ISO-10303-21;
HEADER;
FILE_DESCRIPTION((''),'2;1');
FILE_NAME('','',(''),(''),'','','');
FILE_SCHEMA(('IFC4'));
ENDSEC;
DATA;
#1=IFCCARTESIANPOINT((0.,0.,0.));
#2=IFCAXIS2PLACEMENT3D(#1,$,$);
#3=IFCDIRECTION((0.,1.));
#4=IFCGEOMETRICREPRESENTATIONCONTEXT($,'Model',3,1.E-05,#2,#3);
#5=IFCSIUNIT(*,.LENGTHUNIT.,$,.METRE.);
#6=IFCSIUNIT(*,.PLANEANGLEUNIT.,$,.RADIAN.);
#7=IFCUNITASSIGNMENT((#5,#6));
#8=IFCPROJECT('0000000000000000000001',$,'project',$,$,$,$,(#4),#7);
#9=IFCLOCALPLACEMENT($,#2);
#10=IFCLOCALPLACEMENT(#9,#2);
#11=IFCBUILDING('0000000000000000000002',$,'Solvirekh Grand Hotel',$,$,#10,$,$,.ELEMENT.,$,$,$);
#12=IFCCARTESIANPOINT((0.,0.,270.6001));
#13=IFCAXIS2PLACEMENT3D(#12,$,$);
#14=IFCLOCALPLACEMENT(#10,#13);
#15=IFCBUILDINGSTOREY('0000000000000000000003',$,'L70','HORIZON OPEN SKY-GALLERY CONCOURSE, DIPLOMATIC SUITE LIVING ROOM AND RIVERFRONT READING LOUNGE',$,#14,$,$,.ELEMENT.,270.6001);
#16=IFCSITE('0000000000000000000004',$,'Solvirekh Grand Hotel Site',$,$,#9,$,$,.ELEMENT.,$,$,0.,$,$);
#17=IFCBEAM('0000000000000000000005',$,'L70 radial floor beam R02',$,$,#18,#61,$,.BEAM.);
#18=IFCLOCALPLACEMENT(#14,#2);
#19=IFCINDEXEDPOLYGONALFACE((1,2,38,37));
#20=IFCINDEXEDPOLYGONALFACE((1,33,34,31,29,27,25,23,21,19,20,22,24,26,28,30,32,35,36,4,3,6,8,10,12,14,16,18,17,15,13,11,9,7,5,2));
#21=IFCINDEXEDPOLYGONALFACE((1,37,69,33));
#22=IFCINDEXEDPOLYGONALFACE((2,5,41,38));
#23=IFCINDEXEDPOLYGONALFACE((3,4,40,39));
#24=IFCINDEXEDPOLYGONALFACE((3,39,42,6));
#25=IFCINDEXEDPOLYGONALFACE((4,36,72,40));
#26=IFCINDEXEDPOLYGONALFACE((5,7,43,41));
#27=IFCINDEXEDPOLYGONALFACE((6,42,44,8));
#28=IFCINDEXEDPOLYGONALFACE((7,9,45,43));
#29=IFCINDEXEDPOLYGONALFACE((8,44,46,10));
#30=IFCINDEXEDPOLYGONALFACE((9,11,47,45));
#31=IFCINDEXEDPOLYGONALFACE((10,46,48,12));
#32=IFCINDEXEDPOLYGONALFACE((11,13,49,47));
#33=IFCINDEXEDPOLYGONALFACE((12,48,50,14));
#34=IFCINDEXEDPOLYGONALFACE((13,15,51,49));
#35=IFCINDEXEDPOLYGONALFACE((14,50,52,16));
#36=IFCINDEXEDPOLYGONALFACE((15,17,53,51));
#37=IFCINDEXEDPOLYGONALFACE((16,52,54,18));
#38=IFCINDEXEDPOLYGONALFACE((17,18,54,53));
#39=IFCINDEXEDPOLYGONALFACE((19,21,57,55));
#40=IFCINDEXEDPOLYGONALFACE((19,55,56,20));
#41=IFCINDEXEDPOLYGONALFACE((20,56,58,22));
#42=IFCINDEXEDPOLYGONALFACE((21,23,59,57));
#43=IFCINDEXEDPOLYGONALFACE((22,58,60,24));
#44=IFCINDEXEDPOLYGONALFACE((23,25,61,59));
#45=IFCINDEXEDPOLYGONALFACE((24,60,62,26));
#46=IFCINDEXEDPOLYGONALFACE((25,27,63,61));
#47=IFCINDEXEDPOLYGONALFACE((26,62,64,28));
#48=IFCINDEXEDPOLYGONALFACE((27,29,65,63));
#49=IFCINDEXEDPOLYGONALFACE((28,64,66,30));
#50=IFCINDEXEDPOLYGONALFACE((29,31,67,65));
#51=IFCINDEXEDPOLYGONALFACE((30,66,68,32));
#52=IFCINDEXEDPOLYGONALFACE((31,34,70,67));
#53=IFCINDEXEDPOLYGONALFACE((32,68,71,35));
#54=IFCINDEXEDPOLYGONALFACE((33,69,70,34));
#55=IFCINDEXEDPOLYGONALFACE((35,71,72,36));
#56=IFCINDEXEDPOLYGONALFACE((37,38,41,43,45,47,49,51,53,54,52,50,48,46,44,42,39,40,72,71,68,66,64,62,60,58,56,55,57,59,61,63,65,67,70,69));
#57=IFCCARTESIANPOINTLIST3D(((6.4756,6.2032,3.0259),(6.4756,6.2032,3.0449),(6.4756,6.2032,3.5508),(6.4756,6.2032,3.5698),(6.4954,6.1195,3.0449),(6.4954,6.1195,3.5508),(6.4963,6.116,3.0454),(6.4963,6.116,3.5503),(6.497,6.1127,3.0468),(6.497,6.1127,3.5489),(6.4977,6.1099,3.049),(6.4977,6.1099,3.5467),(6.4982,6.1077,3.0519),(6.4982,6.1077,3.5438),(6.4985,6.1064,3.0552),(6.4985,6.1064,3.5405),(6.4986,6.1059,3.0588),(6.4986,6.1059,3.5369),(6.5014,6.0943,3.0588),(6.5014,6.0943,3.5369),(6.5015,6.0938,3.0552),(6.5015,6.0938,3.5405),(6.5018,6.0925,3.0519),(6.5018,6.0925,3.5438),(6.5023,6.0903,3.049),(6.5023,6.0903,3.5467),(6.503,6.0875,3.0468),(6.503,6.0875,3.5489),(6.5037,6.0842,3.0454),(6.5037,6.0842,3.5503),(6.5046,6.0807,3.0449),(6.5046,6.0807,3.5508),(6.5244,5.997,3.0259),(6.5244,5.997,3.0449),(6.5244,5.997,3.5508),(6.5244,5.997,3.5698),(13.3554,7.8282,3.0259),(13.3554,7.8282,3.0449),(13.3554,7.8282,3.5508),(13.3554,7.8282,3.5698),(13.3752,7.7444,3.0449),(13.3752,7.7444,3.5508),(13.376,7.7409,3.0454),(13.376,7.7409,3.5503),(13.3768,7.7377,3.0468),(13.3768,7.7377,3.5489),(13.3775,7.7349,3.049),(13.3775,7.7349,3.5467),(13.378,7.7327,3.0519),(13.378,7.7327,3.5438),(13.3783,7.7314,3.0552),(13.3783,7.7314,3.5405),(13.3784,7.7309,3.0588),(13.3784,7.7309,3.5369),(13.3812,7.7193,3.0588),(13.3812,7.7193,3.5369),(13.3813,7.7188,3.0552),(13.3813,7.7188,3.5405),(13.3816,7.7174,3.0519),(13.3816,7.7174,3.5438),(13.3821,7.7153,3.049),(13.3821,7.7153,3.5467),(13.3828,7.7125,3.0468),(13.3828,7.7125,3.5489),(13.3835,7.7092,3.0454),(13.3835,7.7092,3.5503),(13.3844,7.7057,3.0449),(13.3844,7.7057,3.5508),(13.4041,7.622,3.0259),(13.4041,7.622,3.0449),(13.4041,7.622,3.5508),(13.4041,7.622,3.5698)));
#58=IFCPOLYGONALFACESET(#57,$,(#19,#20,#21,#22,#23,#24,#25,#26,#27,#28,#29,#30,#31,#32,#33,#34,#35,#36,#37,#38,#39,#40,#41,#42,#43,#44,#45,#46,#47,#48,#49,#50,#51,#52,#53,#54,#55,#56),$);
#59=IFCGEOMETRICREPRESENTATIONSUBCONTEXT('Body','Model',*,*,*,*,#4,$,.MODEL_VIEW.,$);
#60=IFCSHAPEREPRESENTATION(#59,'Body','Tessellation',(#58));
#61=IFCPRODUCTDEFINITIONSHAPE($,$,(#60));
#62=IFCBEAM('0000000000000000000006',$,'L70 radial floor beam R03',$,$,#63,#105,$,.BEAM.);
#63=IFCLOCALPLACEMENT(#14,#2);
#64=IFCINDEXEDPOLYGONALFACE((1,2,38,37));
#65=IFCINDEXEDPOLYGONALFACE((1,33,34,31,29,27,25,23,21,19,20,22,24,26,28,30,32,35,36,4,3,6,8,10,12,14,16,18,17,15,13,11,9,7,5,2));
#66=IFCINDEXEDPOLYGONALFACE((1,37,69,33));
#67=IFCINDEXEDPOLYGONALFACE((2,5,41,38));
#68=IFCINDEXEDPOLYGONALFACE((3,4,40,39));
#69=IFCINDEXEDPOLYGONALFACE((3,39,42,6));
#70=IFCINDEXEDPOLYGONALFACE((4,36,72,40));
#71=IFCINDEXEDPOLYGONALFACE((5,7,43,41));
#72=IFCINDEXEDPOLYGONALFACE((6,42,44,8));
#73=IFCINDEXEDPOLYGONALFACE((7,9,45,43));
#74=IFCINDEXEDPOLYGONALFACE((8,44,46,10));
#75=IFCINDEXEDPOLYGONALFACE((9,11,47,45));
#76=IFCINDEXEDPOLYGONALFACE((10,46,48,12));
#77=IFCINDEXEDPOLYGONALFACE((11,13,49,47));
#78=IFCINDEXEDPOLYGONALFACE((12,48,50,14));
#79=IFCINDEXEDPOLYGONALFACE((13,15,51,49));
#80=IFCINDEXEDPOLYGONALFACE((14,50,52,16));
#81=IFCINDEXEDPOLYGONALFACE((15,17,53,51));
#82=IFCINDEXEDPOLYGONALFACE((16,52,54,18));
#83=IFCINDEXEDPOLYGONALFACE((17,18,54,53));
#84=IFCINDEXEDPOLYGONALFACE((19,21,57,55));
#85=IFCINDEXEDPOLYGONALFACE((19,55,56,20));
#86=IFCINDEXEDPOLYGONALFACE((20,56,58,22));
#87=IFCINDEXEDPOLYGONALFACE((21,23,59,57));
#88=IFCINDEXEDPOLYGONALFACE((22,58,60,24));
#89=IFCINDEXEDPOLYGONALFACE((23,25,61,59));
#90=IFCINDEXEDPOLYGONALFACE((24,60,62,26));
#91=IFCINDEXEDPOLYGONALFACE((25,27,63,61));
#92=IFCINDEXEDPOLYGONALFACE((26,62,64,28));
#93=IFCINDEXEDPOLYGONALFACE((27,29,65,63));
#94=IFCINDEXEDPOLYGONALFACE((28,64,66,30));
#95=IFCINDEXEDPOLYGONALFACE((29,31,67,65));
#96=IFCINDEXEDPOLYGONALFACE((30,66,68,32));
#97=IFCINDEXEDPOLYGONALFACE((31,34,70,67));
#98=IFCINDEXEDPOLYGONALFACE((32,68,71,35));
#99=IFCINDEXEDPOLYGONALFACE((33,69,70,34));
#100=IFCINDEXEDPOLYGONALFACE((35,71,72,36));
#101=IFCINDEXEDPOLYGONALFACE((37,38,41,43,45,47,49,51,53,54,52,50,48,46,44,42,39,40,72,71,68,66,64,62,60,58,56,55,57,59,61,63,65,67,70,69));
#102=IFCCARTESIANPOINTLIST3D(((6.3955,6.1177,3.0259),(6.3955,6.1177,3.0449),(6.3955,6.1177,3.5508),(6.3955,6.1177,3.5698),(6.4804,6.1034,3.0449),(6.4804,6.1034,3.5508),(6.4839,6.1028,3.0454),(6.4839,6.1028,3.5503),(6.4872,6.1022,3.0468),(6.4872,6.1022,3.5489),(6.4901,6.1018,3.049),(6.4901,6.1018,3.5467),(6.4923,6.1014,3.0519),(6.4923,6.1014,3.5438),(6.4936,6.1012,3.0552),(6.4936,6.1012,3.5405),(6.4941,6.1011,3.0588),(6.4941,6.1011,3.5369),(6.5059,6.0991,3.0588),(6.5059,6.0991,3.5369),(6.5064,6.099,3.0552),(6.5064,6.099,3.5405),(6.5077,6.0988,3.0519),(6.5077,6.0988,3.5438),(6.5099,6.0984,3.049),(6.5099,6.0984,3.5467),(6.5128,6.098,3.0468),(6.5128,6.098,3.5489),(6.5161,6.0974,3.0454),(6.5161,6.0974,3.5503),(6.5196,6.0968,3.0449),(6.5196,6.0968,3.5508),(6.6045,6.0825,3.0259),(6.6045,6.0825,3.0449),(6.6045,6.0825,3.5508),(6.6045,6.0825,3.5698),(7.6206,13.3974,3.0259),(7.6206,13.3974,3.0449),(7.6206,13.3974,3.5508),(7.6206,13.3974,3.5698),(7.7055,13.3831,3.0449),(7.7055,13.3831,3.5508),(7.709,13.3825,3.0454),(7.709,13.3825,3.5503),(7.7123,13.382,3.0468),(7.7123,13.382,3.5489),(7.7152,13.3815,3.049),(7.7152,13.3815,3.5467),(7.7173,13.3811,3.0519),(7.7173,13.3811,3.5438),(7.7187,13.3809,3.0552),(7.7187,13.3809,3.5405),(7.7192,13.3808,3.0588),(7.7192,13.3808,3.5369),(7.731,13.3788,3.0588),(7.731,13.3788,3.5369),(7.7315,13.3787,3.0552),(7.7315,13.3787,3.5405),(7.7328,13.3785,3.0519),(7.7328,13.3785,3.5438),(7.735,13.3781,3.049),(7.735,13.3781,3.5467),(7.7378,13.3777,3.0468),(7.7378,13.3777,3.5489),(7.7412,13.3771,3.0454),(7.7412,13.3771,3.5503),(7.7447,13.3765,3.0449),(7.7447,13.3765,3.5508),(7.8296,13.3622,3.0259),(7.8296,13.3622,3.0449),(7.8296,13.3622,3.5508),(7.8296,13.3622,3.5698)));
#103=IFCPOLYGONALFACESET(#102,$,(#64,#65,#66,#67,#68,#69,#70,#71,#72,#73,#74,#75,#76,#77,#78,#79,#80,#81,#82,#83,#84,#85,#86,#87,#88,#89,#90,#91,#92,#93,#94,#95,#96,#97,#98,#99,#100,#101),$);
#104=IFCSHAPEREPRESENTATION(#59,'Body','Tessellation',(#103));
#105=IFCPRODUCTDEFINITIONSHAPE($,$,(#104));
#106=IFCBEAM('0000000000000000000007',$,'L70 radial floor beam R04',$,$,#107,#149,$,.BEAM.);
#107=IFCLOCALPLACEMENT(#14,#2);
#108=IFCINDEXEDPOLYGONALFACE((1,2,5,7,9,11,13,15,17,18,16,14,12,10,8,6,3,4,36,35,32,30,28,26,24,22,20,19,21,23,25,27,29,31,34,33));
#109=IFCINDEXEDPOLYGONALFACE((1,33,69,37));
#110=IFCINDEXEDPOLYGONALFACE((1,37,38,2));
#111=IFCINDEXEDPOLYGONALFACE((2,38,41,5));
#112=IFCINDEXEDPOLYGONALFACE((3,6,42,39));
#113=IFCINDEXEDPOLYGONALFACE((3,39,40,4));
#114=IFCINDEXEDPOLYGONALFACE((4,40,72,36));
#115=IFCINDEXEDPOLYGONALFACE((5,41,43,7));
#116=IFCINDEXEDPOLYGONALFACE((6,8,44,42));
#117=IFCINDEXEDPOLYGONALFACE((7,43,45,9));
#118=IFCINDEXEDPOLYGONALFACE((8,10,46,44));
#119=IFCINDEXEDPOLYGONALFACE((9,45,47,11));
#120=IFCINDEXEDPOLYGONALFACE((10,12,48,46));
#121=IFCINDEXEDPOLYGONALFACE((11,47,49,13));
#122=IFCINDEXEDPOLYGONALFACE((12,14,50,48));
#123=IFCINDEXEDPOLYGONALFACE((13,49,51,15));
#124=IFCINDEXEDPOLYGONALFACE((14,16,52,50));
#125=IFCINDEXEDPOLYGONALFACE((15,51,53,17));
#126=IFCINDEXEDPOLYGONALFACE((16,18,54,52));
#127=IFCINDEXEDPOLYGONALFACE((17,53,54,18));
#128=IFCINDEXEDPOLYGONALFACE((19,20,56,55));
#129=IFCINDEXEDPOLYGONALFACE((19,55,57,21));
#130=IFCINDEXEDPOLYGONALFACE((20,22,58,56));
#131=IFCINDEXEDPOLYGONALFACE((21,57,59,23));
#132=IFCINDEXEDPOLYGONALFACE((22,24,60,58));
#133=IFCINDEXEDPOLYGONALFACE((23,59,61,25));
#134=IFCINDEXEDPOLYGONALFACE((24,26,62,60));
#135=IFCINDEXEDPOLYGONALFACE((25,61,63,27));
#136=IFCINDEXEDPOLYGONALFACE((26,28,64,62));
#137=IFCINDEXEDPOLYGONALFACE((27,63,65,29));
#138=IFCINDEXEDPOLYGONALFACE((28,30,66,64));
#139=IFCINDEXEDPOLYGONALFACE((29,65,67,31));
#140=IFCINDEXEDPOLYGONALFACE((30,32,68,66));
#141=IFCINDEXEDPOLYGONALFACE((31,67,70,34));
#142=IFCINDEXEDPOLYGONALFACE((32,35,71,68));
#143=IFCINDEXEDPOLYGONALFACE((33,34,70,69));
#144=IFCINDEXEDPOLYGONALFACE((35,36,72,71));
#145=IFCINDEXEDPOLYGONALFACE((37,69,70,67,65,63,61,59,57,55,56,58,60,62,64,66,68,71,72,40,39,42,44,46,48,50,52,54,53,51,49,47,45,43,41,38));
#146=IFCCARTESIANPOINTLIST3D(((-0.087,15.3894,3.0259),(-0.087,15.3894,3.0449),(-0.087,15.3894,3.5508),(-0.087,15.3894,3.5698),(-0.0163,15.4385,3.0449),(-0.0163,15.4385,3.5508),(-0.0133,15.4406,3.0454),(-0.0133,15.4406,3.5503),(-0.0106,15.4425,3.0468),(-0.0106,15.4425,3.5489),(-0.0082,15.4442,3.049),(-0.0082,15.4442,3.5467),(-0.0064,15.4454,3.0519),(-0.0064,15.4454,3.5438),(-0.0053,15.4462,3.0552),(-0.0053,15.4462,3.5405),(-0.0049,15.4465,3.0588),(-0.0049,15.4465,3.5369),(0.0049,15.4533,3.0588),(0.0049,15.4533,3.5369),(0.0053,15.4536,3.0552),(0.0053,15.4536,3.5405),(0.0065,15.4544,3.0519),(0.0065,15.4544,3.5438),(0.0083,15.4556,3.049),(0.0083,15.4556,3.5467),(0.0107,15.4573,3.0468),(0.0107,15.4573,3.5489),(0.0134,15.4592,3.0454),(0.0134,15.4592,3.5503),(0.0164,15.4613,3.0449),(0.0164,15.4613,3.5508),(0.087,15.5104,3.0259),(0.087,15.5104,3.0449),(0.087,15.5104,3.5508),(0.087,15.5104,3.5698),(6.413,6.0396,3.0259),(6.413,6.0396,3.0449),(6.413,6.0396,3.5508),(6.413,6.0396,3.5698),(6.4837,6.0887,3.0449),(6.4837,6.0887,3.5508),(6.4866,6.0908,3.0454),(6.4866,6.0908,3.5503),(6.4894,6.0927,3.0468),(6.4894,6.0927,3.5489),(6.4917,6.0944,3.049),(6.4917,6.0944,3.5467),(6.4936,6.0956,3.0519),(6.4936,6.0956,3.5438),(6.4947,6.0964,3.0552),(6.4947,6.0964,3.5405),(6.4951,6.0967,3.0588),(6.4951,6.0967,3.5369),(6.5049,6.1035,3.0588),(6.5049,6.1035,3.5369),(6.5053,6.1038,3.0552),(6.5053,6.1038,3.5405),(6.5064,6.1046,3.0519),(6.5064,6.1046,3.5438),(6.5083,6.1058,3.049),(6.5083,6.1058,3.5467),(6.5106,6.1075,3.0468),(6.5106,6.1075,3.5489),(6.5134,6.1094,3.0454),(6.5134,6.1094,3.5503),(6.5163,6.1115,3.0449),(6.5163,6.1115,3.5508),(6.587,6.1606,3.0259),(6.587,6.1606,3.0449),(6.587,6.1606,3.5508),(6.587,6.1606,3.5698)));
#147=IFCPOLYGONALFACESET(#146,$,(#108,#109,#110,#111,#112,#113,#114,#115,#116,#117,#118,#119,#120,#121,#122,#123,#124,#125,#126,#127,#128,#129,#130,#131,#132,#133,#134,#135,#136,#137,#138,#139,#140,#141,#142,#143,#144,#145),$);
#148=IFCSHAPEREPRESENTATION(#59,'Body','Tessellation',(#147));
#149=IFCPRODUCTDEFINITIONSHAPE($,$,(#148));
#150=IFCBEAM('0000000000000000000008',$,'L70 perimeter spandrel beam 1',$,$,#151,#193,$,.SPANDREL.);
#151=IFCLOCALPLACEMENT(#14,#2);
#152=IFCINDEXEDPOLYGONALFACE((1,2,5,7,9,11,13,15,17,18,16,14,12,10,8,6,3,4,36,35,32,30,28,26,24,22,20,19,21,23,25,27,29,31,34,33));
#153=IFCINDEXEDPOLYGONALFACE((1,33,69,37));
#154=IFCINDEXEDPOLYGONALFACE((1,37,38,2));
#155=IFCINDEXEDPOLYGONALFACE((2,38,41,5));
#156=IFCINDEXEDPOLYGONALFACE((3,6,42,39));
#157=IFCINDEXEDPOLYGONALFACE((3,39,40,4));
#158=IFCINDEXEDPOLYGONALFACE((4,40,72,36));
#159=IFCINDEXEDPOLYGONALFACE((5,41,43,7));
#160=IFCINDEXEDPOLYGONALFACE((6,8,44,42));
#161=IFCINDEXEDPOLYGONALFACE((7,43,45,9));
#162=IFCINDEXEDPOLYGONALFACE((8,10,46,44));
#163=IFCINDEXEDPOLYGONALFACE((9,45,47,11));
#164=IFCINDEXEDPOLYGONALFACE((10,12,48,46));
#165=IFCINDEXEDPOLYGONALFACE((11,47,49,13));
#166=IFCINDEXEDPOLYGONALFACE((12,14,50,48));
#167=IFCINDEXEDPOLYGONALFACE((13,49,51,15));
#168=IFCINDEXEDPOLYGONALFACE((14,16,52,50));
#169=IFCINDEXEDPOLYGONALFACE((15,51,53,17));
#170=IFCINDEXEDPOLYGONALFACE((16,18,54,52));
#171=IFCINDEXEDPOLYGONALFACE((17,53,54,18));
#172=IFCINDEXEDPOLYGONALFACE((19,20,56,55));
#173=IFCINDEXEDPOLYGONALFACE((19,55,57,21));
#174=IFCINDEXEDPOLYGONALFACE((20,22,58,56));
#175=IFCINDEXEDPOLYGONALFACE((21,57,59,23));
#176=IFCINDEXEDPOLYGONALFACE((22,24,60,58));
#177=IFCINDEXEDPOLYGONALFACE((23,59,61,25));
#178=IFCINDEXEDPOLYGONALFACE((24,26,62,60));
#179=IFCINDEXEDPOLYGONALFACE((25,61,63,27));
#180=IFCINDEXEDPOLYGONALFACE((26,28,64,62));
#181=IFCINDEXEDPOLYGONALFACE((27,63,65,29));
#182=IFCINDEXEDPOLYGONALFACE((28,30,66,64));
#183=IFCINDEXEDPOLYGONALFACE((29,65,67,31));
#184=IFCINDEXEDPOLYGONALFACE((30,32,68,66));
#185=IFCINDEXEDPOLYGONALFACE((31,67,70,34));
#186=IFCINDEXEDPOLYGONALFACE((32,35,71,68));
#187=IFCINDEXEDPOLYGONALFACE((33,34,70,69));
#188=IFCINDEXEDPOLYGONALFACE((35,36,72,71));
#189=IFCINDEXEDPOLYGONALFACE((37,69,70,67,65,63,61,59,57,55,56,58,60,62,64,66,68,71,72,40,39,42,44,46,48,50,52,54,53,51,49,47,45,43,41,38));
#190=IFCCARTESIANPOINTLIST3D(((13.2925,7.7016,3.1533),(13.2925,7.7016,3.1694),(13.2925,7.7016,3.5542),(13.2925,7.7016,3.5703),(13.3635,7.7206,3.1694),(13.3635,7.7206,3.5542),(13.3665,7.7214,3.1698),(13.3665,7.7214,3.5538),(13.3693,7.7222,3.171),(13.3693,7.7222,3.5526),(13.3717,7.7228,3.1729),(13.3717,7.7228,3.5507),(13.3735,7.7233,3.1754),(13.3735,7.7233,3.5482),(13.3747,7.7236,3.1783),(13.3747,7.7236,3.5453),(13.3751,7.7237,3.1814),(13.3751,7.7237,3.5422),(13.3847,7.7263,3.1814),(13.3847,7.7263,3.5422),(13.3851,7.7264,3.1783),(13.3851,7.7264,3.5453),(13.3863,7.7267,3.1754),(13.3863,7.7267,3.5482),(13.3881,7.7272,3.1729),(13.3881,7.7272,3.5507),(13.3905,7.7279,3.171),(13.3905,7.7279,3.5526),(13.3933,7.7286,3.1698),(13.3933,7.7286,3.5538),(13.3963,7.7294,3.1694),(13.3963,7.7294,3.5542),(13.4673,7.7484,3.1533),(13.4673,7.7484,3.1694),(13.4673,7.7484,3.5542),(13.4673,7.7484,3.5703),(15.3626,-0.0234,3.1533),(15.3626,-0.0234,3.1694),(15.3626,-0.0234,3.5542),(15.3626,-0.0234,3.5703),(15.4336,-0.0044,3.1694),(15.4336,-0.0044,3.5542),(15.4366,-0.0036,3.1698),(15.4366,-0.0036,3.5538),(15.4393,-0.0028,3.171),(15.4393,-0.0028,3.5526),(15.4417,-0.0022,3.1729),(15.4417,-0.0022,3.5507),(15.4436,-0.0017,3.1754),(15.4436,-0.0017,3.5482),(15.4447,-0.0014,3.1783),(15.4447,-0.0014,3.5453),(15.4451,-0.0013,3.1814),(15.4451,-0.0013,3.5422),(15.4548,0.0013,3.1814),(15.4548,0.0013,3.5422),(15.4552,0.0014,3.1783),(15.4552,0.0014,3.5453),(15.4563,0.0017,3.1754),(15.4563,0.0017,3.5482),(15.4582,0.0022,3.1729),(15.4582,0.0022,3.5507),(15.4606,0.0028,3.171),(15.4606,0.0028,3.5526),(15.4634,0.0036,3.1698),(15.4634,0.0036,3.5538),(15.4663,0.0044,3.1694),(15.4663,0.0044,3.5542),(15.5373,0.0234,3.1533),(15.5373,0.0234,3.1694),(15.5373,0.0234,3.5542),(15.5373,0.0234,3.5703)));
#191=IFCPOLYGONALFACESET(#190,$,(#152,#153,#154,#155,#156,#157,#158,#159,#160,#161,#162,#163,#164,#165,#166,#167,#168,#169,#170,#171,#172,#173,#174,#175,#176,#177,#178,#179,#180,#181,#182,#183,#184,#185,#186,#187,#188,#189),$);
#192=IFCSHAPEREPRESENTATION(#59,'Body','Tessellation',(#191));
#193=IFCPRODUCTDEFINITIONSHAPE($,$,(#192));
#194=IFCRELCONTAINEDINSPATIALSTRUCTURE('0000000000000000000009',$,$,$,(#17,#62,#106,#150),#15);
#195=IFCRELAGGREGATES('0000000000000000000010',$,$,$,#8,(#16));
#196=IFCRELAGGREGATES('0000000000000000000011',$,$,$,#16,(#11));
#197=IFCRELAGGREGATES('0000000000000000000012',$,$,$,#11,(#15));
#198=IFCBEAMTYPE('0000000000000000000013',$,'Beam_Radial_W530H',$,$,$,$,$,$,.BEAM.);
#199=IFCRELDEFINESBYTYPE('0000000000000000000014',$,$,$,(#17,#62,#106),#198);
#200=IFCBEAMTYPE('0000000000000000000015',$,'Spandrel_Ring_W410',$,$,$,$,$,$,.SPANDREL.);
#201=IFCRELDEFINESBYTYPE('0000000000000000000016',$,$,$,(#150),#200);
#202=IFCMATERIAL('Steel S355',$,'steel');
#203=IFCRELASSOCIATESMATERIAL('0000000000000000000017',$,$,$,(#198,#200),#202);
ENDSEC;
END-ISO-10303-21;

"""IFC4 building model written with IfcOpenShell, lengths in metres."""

from ifc_helpers import new_model, si_unit, direction, frame, origin, origin_2d, place, context, subcontext, project, spatial, i_section, extrude, material, material_profile, profile_set, type_object, element, save


model = new_model("IFC4")

# Units and contexts
model_context = context("Model", 3, precision=1e-05, world=origin(), true_north=direction((0.0, 1.0)))
body_context = subcontext(model_context, "Body", "Model", "MODEL_VIEW")
ifc_project = project(units=[si_unit("LENGTHUNIT", "METRE"), si_unit("PLANEANGLEUNIT", "RADIAN")], contexts=[model_context])

# Site, building, storey
site_placement = place(None, origin())
site = spatial("IfcSite", under=ifc_project, at=site_placement, Name="Solvirekh Grand Hotel Site", CompositionType="ELEMENT", RefElevation=0.0)
building_placement = place(site_placement, origin())
building = spatial("IfcBuilding", under=site, at=building_placement, Name="Solvirekh Grand Hotel", CompositionType="ELEMENT")
storey_placement = place(building_placement, frame((0.0, 0.0, 270.6001)))
storey = spatial("IfcBuildingStorey", under=building, at=storey_placement, Name="L70", Description="HORIZON OPEN SKY-GALLERY CONCOURSE, DIPLOMATIC SUITE LIVING ROOM AND RIVERFRONT READING LOUNGE", CompositionType="ELEMENT", Elevation=270.6001)

# Beams
ifc_material_1 = material(Name="Steel S355", Category="steel")
ifc_material_profile_1 = material_profile(ifc_material_1, i_section(OverallWidth=0.2119, OverallDepth=0.5439, WebThickness=0.012, FlangeThickness=0.019, FilletRadius=0.0139, at=origin_2d()), Name="W530X123")
ifc_profile_set_1 = profile_set([ifc_material_profile_1], Name="Steel S355")
beam_type_1 = type_object("IfcBeamType", Name="Beam_Radial_W530H", PredefinedType="BEAM", material=ifc_profile_set_1)
beam_1_placement = place(storey_placement, frame((6.5, 6.1001, 3.2979), z_axis=(0.973221, 0.229871, 0.0), x_axis=(-0.229871, 0.973221, 0.0)))
element("IfcBeam", 1, at=beam_1_placement, inside=storey, type_object=beam_type_1, Name="L70 radial floor beam R02", PredefinedType="BEAM", context=body_context, shape_type="SweptSolid", body=[
    extrude(i_section(OverallWidth=0.2119, OverallDepth=0.5439, WebThickness=0.012, FlangeThickness=0.019, FilletRadius=0.0139, at=origin_2d()), origin(), (0.0, 0.0, 1.0), 7.0691),
])
beam_2_placement = place(storey_placement, frame((6.5, 6.1001, 3.2979), z_axis=(0.165954, 0.986133, 0.0), x_axis=(-0.986133, 0.165954, 0.0)))
element("IfcBeam", 2, at=beam_2_placement, inside=storey, type_object=beam_type_1, Name="L70 radial floor beam R03", PredefinedType="BEAM", context=body_context, shape_type="SweptSolid", body=[
    extrude(i_section(OverallWidth=0.2119, OverallDepth=0.5439, WebThickness=0.012, FlangeThickness=0.019, FilletRadius=0.0139, at=origin_2d()), origin(), (0.0, 0.0, 1.0), 7.3821),
])
beam_3_placement = place(storey_placement, frame((6.5, 6.1001, 3.2979), z_axis=(-0.570813, 0.82108, 0.0), x_axis=(-0.82108, -0.570813, 0.0)))
element("IfcBeam", 3, at=beam_3_placement, inside=storey, type_object=beam_type_1, Name="L70 radial floor beam R04", PredefinedType="BEAM", context=body_context, shape_type="SweptSolid", body=[
    extrude(i_section(OverallWidth=0.2119, OverallDepth=0.5439, WebThickness=0.012, FlangeThickness=0.019, FilletRadius=0.0139, at=origin_2d()), origin(), (0.0, 0.0, 1.0), 11.3872),
])
ifc_material_profile_2 = material_profile(ifc_material_1, i_section(OverallWidth=0.1809, OverallDepth=0.417, WebThickness=0.01, FlangeThickness=0.0161, FilletRadius=0.012, at=origin_2d()), Name="W410X85")
ifc_profile_set_2 = profile_set([ifc_material_profile_2], Name="Steel S355")
beam_type_2 = type_object("IfcBeamType", Name="Spandrel_Ring_W410", PredefinedType="SPANDREL", material=ifc_profile_set_2)
beam_4_placement = place(storey_placement, frame((15.45, 0.0, 3.3618), z_axis=(-0.258835, 0.965922, 0.0), x_axis=(-0.965922, -0.258835, 0.0)))
element("IfcBeam", 4, at=beam_4_placement, inside=storey, type_object=beam_type_2, Name="L70 perimeter spandrel beam 1", PredefinedType="SPANDREL", context=body_context, shape_type="SweptSolid", body=[
    extrude(i_section(OverallWidth=0.1809, OverallDepth=0.417, WebThickness=0.01, FlangeThickness=0.0161, FilletRadius=0.012, at=origin_2d()), origin(), (0.0, 0.0, 1.0), 7.9976),
])

save(model, "model.ifc")
